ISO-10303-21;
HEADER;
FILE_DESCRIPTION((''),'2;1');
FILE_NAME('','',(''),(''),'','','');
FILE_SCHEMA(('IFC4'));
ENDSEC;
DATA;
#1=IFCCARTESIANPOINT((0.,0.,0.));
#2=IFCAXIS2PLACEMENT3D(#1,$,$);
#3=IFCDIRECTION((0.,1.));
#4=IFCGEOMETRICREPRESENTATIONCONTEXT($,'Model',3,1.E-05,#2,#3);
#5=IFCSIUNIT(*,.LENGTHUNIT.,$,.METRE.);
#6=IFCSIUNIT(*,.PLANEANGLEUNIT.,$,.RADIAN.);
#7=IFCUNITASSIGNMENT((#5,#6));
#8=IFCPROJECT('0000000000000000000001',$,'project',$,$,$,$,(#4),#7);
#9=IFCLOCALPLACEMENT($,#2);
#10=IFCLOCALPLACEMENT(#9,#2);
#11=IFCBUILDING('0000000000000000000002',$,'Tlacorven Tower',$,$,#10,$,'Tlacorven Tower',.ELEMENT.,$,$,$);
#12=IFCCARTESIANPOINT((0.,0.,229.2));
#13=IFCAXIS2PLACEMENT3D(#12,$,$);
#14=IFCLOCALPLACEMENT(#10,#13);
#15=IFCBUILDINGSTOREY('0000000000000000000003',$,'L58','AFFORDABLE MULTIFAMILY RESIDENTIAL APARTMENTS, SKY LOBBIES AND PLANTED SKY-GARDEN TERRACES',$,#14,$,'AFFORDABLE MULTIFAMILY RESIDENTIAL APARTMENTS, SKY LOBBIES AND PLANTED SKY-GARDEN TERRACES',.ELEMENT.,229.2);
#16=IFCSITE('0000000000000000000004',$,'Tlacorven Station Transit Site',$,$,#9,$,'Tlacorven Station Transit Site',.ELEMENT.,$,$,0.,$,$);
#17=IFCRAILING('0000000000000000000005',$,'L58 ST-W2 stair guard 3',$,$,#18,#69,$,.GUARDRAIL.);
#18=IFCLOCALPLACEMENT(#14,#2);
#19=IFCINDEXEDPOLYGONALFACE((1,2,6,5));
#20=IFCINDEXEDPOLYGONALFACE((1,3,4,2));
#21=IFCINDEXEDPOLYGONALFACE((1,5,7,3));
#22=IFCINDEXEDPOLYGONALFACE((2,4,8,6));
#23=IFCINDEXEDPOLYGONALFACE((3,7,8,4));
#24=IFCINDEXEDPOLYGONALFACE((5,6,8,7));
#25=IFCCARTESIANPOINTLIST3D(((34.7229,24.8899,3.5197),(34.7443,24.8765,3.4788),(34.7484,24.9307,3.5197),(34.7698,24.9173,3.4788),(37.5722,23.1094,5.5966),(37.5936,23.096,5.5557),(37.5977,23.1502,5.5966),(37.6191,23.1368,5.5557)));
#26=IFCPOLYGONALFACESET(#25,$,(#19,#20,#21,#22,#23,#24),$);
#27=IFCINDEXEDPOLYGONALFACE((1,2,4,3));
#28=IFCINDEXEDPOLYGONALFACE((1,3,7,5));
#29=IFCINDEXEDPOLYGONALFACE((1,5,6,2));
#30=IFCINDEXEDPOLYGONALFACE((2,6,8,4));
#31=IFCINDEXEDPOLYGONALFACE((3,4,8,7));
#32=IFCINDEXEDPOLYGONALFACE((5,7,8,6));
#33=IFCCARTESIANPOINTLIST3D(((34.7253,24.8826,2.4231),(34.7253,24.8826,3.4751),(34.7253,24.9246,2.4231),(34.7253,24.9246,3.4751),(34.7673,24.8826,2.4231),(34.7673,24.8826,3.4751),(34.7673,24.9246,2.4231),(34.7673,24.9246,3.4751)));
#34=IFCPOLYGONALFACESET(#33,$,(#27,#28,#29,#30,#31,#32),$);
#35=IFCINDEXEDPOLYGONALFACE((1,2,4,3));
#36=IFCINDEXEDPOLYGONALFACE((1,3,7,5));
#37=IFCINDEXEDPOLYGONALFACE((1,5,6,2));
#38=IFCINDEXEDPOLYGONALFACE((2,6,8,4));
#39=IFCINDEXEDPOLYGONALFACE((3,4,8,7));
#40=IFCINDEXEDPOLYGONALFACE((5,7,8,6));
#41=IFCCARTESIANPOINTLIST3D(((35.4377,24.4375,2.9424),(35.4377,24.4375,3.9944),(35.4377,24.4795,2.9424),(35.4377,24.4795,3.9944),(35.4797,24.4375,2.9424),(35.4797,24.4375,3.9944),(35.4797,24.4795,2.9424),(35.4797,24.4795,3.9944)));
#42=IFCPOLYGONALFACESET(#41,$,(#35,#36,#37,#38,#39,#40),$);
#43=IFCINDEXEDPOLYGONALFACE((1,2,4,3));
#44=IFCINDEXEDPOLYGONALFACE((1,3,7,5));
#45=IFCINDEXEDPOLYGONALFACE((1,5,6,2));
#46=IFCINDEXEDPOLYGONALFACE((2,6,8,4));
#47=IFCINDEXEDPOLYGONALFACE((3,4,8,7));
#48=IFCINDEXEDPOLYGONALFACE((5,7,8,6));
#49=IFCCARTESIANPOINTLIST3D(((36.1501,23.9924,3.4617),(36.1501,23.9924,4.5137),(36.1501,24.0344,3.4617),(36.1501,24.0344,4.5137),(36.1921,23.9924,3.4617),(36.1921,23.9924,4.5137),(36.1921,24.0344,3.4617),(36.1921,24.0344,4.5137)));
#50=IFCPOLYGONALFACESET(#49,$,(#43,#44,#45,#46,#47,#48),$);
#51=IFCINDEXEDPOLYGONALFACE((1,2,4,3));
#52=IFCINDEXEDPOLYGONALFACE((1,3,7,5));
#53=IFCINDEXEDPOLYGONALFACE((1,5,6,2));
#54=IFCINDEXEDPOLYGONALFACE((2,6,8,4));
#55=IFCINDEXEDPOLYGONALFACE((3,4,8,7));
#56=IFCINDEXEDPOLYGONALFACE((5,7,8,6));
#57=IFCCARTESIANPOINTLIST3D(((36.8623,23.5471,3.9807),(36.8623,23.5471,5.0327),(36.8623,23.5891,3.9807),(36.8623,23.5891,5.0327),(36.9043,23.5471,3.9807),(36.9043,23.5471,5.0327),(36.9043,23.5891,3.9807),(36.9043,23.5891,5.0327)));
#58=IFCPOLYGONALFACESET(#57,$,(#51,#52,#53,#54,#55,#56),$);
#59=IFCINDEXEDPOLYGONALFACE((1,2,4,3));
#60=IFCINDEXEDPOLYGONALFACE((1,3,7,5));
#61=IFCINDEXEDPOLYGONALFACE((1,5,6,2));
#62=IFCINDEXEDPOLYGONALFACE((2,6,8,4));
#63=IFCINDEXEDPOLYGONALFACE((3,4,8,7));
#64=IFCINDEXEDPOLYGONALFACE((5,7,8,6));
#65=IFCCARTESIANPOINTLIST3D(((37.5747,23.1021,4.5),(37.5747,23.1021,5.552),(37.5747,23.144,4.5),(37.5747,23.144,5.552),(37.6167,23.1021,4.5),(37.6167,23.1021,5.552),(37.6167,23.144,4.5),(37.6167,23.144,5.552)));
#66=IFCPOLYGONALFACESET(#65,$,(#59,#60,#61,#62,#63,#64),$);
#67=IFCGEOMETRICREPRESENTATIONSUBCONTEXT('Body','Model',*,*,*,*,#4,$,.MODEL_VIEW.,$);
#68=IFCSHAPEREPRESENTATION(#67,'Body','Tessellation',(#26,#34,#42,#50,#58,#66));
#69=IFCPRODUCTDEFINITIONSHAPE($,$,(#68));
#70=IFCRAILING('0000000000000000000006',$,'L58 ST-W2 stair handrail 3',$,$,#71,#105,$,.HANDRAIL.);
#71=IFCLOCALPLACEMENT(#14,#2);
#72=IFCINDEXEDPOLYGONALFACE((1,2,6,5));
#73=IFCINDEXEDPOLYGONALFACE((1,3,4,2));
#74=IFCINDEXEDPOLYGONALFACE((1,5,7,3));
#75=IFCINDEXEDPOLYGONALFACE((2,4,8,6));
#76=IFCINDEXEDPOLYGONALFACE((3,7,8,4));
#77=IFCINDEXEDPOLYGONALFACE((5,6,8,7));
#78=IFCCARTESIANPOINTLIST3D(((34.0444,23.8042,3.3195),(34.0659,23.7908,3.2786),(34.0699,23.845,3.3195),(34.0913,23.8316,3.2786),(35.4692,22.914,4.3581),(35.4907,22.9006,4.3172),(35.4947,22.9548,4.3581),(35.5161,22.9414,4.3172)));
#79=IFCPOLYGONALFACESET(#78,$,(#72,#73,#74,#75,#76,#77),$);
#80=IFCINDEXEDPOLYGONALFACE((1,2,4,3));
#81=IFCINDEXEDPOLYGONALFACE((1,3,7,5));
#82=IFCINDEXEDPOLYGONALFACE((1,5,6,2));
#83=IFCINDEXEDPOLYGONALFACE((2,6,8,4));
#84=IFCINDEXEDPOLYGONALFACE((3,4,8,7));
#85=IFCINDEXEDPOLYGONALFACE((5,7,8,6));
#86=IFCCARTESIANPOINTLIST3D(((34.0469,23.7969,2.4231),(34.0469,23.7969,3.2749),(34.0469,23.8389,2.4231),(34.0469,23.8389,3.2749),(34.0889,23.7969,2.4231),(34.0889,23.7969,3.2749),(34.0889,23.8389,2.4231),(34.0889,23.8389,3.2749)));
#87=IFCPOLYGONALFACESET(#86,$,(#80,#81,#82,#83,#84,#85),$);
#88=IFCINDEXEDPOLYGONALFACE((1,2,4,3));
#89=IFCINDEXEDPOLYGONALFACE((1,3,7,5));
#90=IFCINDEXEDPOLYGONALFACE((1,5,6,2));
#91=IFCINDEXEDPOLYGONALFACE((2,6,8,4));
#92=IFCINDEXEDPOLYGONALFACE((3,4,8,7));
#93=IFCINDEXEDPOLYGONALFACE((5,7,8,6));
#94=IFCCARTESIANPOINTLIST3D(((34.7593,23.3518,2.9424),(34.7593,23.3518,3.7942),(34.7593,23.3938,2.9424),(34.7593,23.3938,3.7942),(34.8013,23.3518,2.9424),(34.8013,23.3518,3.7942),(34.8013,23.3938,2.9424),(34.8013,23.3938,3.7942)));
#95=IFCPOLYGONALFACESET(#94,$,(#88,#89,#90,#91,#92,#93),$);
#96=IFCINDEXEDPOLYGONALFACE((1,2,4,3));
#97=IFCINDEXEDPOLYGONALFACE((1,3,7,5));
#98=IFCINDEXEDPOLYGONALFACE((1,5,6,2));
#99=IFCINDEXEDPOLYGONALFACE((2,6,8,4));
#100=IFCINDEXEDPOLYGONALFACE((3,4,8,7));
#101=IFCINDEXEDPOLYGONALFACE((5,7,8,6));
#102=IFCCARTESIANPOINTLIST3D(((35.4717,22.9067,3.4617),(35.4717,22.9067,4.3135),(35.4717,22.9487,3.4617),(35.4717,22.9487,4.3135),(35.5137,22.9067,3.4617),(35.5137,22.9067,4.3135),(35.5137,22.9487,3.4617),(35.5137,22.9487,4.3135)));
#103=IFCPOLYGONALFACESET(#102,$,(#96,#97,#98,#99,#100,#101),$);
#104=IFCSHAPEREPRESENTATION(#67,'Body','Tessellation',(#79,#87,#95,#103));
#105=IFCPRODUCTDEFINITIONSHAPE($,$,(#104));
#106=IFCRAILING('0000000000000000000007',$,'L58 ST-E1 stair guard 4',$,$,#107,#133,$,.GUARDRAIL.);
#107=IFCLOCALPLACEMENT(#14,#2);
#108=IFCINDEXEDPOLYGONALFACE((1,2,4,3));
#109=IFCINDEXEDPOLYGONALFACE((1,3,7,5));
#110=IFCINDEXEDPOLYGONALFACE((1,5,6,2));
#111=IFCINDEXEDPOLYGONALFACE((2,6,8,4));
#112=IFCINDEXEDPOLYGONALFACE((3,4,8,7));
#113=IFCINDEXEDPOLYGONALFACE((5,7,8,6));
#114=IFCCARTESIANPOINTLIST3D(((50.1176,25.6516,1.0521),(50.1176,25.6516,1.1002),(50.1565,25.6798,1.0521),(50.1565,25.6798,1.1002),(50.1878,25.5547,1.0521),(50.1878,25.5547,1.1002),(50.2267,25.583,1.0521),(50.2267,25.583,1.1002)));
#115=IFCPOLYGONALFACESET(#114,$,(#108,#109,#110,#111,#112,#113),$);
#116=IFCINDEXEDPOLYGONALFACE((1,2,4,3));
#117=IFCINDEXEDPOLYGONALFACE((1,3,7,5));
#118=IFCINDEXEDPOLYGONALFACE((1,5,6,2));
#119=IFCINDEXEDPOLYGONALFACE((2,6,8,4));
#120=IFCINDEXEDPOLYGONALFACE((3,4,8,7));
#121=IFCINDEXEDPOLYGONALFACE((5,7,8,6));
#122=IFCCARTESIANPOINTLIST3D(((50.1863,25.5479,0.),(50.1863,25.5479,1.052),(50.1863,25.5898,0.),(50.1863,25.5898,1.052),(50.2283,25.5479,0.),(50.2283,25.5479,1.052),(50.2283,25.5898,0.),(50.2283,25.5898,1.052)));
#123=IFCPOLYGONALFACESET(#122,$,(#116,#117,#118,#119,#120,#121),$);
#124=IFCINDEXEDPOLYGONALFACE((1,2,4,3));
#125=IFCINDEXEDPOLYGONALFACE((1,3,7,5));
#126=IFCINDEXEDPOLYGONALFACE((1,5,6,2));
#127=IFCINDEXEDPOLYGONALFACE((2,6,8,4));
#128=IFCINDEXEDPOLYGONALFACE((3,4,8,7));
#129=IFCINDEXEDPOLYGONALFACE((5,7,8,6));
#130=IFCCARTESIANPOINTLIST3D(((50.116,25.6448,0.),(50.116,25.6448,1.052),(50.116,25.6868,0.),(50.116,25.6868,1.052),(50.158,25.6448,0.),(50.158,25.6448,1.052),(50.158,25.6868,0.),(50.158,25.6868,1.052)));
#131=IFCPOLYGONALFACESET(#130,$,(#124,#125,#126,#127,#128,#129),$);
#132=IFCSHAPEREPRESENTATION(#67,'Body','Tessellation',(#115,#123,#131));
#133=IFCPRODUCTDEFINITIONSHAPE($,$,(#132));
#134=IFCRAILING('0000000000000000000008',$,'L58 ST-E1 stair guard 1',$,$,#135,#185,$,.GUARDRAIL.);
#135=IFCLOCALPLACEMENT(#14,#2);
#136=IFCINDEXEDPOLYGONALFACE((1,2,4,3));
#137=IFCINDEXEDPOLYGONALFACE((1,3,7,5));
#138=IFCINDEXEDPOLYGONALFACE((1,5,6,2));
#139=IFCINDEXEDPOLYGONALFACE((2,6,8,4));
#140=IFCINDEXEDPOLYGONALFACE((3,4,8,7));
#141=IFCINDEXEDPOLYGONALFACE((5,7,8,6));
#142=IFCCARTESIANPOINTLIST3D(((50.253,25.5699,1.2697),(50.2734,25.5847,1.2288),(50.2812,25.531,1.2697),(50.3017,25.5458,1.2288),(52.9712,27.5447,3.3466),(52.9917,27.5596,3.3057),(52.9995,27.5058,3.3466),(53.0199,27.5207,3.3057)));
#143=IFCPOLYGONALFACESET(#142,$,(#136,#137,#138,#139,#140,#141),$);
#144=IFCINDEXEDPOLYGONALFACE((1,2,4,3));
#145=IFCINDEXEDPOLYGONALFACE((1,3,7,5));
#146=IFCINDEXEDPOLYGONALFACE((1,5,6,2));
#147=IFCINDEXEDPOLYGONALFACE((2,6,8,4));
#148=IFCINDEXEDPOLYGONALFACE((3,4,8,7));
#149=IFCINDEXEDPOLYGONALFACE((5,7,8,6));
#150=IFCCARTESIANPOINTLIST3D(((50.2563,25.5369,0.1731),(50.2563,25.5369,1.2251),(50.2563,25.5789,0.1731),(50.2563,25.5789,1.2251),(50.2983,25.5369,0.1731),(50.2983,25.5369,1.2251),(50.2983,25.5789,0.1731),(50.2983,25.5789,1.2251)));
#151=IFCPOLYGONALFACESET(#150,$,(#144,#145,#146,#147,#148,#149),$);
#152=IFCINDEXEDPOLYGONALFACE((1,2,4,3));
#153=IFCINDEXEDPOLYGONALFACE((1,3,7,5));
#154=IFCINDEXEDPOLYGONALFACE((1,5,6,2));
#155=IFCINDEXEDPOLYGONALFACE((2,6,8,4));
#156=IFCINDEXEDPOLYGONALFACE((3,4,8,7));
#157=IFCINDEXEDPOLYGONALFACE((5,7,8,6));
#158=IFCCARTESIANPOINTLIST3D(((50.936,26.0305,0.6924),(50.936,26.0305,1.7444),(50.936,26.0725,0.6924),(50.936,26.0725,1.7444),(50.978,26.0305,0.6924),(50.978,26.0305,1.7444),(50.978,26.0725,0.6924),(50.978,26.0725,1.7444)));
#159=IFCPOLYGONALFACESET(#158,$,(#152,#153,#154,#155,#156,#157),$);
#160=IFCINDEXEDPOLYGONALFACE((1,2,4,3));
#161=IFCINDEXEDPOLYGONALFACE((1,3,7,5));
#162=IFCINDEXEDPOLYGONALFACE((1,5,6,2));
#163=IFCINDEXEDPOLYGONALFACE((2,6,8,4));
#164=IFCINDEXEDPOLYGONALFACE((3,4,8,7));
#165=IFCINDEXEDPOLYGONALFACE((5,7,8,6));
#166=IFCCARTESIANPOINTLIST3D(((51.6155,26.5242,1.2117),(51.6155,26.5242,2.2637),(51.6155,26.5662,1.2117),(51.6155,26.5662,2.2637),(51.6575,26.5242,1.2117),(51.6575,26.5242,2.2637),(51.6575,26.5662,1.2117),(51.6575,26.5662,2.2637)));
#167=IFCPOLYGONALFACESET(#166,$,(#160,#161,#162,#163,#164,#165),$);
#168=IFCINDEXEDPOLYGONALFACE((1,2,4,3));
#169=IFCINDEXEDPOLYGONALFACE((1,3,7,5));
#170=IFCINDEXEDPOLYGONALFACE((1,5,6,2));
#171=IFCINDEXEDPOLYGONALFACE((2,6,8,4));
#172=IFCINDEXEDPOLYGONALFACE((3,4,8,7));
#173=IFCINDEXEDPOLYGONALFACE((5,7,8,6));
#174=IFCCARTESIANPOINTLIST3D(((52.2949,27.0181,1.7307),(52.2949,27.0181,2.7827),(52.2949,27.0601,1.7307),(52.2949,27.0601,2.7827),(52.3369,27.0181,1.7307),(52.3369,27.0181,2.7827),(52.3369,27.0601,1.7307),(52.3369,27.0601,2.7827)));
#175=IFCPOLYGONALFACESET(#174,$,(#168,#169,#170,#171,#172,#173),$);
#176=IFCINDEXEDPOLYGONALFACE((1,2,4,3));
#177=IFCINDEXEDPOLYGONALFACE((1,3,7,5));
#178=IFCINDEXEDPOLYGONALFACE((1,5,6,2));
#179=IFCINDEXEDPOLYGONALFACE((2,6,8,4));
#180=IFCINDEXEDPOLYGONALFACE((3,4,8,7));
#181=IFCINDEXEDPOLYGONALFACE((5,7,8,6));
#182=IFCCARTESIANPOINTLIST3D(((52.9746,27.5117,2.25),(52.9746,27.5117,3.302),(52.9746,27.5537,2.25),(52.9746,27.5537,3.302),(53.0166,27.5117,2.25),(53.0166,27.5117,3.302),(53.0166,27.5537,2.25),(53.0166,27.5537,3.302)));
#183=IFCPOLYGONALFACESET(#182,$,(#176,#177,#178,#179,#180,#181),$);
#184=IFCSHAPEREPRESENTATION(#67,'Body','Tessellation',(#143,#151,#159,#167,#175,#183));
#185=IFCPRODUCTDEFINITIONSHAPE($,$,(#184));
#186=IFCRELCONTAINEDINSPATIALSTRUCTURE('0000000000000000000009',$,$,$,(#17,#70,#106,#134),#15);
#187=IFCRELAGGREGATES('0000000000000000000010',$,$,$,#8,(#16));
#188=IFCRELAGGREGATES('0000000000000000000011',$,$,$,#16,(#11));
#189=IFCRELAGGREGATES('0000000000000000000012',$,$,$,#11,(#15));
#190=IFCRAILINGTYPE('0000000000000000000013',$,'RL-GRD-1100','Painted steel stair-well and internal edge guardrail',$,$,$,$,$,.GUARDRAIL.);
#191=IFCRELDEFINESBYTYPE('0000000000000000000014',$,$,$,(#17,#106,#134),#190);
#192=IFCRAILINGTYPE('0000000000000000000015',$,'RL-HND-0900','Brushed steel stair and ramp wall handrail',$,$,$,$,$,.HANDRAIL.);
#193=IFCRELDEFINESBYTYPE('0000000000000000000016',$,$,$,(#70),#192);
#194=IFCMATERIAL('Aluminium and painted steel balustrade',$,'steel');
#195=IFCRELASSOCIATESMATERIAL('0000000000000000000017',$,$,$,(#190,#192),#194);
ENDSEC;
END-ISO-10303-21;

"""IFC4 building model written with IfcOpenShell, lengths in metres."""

from ifc_helpers import new_model, si_unit, direction, frame, origin, origin_2d, place, context, subcontext, project, spatial, rectangle, extrude, source, transform, mapped, material, type_object, element, save


model = new_model("IFC4")

# Units and contexts
model_context = context("Model", 3, precision=1e-05, world=origin(), true_north=direction((0.0, 1.0)))
body_context = subcontext(model_context, "Body", "Model", "MODEL_VIEW")
ifc_project = project(units=[si_unit("LENGTHUNIT", "METRE"), si_unit("PLANEANGLEUNIT", "RADIAN")], contexts=[model_context])

# Site, building, storey
site_placement = place(None, origin())
site = spatial("IfcSite", under=ifc_project, at=site_placement, Name="Tlacorven Station Transit Site", LongName="Tlacorven Station Transit Site", CompositionType="ELEMENT", RefElevation=0.0)
building_placement = place(site_placement, origin())
building = spatial("IfcBuilding", under=site, at=building_placement, Name="Tlacorven Tower", LongName="Tlacorven Tower", CompositionType="ELEMENT")
storey_placement = place(building_placement, frame((0.0, 0.0, 229.2)))
storey = spatial("IfcBuildingStorey", under=building, at=storey_placement, Name="L58", Description="AFFORDABLE MULTIFAMILY RESIDENTIAL APARTMENTS, SKY LOBBIES AND PLANTED SKY-GARDEN TERRACES", LongName="AFFORDABLE MULTIFAMILY RESIDENTIAL APARTMENTS, SKY LOBBIES AND PLANTED SKY-GARDEN TERRACES", CompositionType="ELEMENT", Elevation=229.2)

# Railings
ifc_material_1 = material(Name="Aluminium and painted steel balustrade", Category="steel")
railing_type_1 = type_object("IfcRailingType", Name="RL-GRD-1100", Description="Painted steel stair-well and internal edge guardrail", PredefinedType="GUARDRAIL", material=ifc_material_1)
railing_type_2 = type_object("IfcRailingType", Name="RL-HND-0900", Description="Brushed steel stair and ramp wall handrail", PredefinedType="HANDRAIL", material=ifc_material_1)
shared_shape_1 = source(origin(), body_context, "Body", "SweptSolid", [
    extrude(rectangle(XDim=0.0481, YDim=0.0481, at=origin_2d()), frame((0.0, 0.0, 1.0762), z_axis=(0.721355, -0.450762, 0.525796), x_axis=(0.529927, 0.848043, 0.0)), (0.0, 0.0, 1.0), 3.95),
    extrude(rectangle(XDim=0.042, YDim=0.042, at=origin_2d()), origin(), (0.0, 0.0, 1.0), 1.052),
    extrude(rectangle(XDim=0.042, YDim=0.042, at=origin_2d()), frame((0.7124, -0.4451, 0.5193)), (0.0, 0.0, 1.0), 1.052),
    extrude(rectangle(XDim=0.042, YDim=0.042, at=origin_2d()), frame((1.4248, -0.8901, 1.0386)), (0.0, 0.0, 1.0), 1.052),
    extrude(rectangle(XDim=0.042, YDim=0.042, at=origin_2d()), frame((2.137, -1.3354, 1.5576)), (0.0, 0.0, 1.0), 1.052),
    extrude(rectangle(XDim=0.042, YDim=0.042, at=origin_2d()), frame((2.8494, -1.7805, 2.0769)), (0.0, 0.0, 1.0), 1.052),
])
railing_1_placement = place(storey_placement, frame((34.7463, 24.9036, 2.4231)))
element("IfcRailing", 1, at=railing_1_placement, inside=storey, type_object=railing_type_1, Name="L58 ST-W2 stair guard 3", PredefinedType="GUARDRAIL", context=body_context, shape_type="MappedRepresentation", body=[
    mapped(shared_shape_1, transform((0.0, 0.0, 0.0), scale=1.0)),
])
shared_shape_2 = source(origin(), body_context, "Body", "SweptSolid", [
    extrude(rectangle(XDim=0.0481, YDim=0.0481, at=origin_2d()), frame((0.0, 0.0, 0.876), z_axis=(0.721381, -0.450678, 0.525832), x_axis=(0.529842, 0.848096, 0.0)), (0.0, 0.0, 1.0), 1.9751),
    extrude(rectangle(XDim=0.042, YDim=0.042, at=origin_2d()), origin(), (0.0, 0.0, 1.0), 0.8518),
    extrude(rectangle(XDim=0.042, YDim=0.042, at=origin_2d()), frame((0.7124, -0.4451, 0.5193)), (0.0, 0.0, 1.0), 0.8518),
    extrude(rectangle(XDim=0.042, YDim=0.042, at=origin_2d()), frame((1.4248, -0.8901, 1.0386)), (0.0, 0.0, 1.0), 0.8518),
])
railing_2_placement = place(storey_placement, frame((34.0679, 23.8179, 2.4231)))
element("IfcRailing", 2, at=railing_2_placement, inside=storey, type_object=railing_type_2, Name="L58 ST-W2 stair handrail 3", PredefinedType="HANDRAIL", context=body_context, shape_type="MappedRepresentation", body=[
    mapped(shared_shape_2, transform((0.0, 0.0, 0.0), scale=1.0)),
])
shared_shape_3 = source(origin(), body_context, "Body", "SweptSolid", [
    extrude(rectangle(XDim=0.0481, YDim=0.0481, at=origin_2d()), frame((0.0, 0.0, 1.0762), z_axis=(-0.587201, 0.809441, 0.0), x_axis=(-0.809441, -0.587201, 0.0)), (0.0, 0.0, 1.0), 0.1196),
    extrude(rectangle(XDim=0.042, YDim=0.042, at=origin_2d()), origin(), (0.0, 0.0, 1.0), 1.052),
    extrude(rectangle(XDim=0.042, YDim=0.042, at=origin_2d()), frame((-0.0703, 0.0969, 0.0)), (0.0, 0.0, 1.0), 1.052),
])
railing_3_placement = place(storey_placement, frame((50.2073, 25.5688, 0.0)))
element("IfcRailing", 3, at=railing_3_placement, inside=storey, type_object=railing_type_1, Name="L58 ST-E1 stair guard 4", PredefinedType="GUARDRAIL", context=body_context, shape_type="MappedRepresentation", body=[
    mapped(shared_shape_3, transform((0.0, 0.0, 0.0), scale=1.0)),
])
shared_shape_4 = source(origin(), body_context, "Body", "SweptSolid", [
    extrude(rectangle(XDim=0.0481, YDim=0.0481, at=origin_2d()), frame((0.0, 0.0, 1.0762), z_axis=(0.688167, 0.499963, 0.525798), x_axis=(-0.58777, 0.809028, 0.0)), (0.0, 0.0, 1.0), 3.95),
    extrude(rectangle(XDim=0.042, YDim=0.042, at=origin_2d()), origin(), (0.0, 0.0, 1.0), 1.052),
    extrude(rectangle(XDim=0.042, YDim=0.042, at=origin_2d()), frame((0.6797, 0.4937, 0.5193)), (0.0, 0.0, 1.0), 1.052),
    extrude(rectangle(XDim=0.042, YDim=0.042, at=origin_2d()), frame((1.3591, 0.9873, 1.0386)), (0.0, 0.0, 1.0), 1.052),
    extrude(rectangle(XDim=0.042, YDim=0.042, at=origin_2d()), frame((2.0386, 1.4812, 1.5576)), (0.0, 0.0, 1.0), 1.052),
    extrude(rectangle(XDim=0.042, YDim=0.042, at=origin_2d()), frame((2.7183, 1.9749, 2.0769)), (0.0, 0.0, 1.0), 1.052),
])
railing_4_placement = place(storey_placement, frame((50.2773, 25.5579, 0.1731)))
element("IfcRailing", 4, at=railing_4_placement, inside=storey, type_object=railing_type_1, Name="L58 ST-E1 stair guard 1", PredefinedType="GUARDRAIL", context=body_context, shape_type="MappedRepresentation", body=[
    mapped(shared_shape_4, transform((0.0, 0.0, 0.0), scale=1.0)),
])

save(model, "model.ifc")
